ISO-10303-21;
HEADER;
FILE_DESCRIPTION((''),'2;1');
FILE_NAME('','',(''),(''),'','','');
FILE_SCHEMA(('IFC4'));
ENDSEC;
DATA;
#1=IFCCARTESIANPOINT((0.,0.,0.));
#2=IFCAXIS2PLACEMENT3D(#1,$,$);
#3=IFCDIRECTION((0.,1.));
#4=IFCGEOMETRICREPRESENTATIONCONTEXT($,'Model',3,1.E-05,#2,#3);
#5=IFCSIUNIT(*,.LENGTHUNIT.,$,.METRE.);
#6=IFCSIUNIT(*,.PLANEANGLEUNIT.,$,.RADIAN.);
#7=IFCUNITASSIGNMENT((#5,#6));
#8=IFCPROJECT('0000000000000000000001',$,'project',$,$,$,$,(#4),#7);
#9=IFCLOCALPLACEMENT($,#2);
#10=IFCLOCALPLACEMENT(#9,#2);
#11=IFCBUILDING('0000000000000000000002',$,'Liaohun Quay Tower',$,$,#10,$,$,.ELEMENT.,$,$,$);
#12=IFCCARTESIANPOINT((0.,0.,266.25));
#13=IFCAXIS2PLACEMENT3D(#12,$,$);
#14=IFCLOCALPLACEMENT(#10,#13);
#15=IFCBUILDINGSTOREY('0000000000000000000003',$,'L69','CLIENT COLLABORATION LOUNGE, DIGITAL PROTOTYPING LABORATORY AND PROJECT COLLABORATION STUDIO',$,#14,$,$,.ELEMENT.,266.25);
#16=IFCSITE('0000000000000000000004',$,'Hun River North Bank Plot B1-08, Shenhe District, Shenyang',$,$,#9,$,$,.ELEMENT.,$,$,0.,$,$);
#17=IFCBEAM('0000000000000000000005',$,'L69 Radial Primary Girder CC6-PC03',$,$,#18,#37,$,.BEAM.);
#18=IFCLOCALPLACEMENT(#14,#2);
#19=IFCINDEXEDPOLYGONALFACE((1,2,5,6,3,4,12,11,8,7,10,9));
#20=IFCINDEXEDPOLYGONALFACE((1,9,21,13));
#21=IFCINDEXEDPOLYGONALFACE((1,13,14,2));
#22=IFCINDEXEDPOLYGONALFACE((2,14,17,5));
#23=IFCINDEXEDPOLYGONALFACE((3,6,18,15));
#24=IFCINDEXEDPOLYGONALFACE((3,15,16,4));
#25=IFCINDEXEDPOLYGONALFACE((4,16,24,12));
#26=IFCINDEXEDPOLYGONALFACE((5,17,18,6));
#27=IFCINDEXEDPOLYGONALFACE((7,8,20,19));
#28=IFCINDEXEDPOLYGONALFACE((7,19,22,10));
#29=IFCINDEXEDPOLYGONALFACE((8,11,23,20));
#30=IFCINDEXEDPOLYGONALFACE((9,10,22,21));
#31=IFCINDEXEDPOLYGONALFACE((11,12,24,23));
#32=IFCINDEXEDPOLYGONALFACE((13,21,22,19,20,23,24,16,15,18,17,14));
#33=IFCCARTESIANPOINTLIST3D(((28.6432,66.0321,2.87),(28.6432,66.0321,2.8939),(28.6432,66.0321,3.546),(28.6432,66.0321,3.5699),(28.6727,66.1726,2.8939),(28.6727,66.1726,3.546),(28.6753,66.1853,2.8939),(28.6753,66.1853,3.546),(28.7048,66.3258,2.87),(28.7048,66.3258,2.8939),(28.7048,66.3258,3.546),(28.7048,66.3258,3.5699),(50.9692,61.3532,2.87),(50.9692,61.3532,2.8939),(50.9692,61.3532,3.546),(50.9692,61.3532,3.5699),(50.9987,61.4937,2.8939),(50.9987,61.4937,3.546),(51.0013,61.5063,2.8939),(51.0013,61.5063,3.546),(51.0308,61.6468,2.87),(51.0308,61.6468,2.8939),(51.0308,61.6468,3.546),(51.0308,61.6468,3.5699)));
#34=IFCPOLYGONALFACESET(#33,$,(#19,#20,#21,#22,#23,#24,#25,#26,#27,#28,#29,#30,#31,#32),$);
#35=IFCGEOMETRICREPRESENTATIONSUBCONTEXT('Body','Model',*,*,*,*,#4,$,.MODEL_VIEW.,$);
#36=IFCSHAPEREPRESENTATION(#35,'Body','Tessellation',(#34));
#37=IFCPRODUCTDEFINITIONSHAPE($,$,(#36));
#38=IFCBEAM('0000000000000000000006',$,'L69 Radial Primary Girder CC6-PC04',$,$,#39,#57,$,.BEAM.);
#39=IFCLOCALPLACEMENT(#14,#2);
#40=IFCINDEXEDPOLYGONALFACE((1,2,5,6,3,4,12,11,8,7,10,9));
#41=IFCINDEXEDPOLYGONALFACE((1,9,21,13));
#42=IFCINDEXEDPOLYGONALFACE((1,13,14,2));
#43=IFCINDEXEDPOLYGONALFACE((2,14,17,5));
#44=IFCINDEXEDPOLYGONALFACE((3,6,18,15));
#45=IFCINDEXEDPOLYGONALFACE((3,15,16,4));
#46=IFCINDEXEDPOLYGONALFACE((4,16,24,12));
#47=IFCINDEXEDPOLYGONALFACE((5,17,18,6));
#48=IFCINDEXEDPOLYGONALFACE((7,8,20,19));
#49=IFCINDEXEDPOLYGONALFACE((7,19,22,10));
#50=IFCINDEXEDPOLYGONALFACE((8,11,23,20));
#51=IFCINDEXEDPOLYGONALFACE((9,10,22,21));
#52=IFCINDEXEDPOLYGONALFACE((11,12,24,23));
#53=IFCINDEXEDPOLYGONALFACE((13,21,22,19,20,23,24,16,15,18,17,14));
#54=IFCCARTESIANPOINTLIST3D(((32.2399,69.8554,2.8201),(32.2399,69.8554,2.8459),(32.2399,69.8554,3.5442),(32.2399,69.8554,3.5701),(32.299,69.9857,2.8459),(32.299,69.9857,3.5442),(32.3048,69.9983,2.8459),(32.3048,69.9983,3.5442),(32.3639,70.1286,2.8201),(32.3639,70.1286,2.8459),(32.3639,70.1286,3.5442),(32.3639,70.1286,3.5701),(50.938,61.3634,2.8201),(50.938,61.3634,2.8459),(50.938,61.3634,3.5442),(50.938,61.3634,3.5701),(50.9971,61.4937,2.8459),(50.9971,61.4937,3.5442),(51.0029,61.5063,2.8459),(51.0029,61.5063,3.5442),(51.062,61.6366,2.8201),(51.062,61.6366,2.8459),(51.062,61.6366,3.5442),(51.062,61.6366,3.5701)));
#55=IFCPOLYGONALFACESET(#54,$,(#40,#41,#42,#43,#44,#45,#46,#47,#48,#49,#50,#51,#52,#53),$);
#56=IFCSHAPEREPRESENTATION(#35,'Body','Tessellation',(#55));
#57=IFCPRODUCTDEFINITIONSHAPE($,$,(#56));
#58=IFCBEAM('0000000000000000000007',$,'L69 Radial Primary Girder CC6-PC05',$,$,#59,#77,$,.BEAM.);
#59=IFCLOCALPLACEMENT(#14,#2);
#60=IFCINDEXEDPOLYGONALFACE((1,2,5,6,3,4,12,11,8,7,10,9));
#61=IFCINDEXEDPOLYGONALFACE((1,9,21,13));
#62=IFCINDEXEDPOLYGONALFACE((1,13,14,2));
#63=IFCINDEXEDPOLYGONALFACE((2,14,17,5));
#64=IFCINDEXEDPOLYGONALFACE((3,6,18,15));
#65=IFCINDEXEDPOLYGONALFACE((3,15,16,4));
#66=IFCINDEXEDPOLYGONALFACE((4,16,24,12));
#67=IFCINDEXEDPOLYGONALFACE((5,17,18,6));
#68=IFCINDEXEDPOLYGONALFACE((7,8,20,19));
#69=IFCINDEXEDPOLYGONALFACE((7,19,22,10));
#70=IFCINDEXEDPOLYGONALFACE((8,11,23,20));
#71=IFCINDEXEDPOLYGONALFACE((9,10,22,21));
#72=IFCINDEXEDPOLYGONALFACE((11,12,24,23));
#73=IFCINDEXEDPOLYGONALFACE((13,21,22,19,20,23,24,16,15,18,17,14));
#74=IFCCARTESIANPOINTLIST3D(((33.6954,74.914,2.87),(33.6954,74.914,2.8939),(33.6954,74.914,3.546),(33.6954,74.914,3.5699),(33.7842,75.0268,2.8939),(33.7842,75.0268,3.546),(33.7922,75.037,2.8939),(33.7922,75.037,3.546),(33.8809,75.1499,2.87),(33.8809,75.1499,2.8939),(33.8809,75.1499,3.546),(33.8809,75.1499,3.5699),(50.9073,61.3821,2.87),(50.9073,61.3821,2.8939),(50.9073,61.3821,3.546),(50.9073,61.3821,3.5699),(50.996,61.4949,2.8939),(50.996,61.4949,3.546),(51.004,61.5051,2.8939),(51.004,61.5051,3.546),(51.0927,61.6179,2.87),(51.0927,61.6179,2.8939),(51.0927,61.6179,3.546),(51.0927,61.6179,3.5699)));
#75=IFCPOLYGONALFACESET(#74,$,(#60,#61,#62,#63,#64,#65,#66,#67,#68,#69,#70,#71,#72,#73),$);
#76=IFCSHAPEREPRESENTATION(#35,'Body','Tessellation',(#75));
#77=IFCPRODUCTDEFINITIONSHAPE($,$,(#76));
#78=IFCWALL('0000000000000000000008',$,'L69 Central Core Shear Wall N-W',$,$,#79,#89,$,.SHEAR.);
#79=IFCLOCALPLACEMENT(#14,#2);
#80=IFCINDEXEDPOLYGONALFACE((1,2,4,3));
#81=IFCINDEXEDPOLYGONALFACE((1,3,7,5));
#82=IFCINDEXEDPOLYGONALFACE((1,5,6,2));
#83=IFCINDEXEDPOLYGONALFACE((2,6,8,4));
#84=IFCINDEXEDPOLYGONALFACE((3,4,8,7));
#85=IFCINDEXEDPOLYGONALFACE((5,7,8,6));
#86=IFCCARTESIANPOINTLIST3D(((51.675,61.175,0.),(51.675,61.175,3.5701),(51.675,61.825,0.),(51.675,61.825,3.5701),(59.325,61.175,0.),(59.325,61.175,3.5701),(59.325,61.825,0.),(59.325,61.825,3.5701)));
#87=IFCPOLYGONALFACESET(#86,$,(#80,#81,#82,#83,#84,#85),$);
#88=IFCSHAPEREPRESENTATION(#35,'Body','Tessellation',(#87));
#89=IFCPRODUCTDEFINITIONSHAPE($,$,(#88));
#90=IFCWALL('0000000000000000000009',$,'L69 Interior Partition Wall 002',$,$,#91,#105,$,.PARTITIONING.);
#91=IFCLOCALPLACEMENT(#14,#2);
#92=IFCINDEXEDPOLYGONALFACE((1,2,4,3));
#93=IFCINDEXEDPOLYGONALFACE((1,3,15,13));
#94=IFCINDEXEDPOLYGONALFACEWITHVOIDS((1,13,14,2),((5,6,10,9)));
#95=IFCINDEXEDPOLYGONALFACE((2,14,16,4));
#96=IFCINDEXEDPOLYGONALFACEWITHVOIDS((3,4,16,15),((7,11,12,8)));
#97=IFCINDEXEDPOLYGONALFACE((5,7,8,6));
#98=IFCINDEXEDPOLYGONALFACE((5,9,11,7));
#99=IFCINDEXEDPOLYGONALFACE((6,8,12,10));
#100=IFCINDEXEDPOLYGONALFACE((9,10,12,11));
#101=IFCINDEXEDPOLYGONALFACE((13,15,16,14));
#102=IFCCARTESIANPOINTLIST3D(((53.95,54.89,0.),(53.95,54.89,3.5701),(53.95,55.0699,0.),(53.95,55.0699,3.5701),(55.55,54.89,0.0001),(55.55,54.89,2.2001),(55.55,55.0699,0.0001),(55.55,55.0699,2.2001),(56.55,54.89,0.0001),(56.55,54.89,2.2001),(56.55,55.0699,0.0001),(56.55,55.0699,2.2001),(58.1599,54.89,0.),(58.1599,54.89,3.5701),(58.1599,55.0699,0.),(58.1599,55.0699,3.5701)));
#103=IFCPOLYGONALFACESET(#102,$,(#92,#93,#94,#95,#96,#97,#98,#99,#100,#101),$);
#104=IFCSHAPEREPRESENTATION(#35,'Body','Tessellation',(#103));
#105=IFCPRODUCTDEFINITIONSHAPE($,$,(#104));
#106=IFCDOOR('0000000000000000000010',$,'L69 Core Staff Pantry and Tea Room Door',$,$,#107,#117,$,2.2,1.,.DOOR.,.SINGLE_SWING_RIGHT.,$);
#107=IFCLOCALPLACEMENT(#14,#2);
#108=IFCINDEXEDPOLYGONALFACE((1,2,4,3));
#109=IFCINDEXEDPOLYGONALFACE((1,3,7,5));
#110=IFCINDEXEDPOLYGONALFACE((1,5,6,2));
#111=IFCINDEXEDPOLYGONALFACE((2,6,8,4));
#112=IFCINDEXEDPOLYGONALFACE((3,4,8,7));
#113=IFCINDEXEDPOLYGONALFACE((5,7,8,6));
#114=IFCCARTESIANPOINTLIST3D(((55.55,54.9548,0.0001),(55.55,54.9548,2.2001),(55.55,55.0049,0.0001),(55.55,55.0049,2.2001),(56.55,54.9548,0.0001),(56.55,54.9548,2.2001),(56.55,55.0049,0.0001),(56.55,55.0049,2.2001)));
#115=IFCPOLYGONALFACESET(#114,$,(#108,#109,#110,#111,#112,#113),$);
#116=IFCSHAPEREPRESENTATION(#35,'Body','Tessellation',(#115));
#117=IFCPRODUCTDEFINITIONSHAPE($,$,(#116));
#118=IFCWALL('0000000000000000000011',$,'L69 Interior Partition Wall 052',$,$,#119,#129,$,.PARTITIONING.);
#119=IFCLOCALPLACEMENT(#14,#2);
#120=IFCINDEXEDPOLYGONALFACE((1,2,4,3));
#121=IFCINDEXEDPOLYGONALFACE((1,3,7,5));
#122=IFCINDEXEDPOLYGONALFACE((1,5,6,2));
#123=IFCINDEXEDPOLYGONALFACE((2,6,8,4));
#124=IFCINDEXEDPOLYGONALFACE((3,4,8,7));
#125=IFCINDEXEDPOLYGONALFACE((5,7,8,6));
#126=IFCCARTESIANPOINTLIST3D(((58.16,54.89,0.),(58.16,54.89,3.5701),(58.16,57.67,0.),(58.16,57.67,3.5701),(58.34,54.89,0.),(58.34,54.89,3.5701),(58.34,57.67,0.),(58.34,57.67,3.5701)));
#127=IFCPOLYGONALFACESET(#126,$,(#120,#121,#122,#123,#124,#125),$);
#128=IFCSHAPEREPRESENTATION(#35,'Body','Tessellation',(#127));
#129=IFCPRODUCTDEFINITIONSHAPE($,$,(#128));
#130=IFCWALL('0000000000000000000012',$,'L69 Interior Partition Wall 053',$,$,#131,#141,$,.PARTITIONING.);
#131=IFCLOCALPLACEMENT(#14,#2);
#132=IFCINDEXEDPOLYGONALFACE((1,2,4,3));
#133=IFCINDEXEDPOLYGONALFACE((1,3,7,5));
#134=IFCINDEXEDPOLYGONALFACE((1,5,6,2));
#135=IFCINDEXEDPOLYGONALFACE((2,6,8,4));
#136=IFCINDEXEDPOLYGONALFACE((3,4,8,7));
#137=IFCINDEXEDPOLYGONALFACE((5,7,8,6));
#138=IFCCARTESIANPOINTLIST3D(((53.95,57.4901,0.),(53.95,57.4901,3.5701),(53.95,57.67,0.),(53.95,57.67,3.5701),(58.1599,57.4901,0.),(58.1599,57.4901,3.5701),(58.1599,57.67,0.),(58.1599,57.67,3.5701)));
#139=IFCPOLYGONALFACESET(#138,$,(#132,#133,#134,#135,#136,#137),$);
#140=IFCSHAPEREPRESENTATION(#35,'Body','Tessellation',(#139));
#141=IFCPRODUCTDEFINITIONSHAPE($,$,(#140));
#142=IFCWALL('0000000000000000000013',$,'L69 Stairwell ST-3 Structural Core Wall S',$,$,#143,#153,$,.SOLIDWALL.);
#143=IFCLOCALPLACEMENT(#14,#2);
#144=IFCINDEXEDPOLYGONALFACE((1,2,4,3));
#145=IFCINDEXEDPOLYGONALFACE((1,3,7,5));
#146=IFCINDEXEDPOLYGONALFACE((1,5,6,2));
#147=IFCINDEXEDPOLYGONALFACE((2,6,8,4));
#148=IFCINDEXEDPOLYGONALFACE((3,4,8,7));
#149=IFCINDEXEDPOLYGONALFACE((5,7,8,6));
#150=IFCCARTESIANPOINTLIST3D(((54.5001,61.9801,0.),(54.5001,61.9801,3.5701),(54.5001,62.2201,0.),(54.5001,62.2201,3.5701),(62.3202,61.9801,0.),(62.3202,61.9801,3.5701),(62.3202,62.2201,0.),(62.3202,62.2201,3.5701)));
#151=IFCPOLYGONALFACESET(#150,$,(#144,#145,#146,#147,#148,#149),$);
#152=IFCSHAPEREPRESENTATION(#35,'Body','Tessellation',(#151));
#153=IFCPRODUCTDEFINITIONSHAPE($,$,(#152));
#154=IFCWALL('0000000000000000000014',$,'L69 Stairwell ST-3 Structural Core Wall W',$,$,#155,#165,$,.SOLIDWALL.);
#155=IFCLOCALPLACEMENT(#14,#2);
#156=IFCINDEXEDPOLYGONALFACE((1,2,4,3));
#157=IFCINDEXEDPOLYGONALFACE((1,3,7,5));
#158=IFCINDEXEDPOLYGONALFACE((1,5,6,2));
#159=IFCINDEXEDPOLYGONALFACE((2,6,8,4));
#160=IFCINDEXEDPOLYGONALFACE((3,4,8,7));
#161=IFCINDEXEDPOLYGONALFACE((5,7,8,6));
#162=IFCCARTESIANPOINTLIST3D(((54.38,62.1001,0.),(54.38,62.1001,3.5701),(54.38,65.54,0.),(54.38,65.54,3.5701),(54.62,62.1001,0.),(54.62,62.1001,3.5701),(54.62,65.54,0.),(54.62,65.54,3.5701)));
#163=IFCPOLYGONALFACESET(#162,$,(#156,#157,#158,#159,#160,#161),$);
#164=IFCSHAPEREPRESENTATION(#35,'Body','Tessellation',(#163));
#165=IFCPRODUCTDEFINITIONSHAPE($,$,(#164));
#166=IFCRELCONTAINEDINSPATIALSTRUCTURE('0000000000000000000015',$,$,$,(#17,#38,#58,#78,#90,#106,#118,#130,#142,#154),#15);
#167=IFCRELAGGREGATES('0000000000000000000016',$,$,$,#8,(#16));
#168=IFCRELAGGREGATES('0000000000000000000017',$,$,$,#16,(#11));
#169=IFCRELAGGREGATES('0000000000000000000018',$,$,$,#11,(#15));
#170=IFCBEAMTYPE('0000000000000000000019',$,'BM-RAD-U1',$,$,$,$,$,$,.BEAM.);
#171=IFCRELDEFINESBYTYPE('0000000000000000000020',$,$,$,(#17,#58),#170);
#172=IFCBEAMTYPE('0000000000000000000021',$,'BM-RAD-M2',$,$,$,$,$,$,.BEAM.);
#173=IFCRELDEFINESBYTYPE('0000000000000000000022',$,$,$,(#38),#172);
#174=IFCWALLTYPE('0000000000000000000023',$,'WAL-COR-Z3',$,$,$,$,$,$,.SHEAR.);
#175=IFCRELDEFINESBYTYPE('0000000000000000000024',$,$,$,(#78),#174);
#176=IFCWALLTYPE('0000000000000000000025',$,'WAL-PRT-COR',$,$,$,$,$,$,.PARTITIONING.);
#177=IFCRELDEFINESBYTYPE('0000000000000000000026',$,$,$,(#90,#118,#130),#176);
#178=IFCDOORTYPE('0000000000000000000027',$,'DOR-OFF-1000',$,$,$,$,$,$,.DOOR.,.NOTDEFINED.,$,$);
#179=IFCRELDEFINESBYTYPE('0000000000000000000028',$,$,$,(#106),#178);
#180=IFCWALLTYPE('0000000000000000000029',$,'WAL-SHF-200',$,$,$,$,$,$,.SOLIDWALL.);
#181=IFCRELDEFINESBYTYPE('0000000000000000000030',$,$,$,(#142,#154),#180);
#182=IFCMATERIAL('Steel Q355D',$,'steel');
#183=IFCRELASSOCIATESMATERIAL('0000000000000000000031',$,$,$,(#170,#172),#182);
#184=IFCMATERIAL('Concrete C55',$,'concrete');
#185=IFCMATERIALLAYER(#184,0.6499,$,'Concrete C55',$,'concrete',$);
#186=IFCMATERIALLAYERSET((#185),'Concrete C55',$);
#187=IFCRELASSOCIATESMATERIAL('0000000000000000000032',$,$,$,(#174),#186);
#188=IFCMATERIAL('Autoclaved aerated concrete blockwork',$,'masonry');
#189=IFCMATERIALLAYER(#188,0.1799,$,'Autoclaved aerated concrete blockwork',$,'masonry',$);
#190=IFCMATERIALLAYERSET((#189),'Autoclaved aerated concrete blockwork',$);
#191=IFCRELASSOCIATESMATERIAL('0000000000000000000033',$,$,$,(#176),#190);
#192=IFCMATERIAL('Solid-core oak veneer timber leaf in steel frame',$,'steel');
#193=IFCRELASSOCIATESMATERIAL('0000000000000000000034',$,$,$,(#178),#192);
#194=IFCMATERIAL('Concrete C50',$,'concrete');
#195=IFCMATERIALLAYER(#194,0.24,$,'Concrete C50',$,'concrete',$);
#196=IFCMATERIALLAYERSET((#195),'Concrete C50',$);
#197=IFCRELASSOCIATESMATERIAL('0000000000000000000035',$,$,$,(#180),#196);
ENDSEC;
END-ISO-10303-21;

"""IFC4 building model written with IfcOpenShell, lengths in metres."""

from ifc_helpers import new_model, si_unit, direction, frame, frame_2d, origin, origin_2d, place, context, subcontext, project, spatial, rectangle, i_section, extrude, source, transform, mapped, material, layer, layer_set, material_profile, profile_set, type_object, element, fill, save


model = new_model("IFC4")

# Units and contexts
model_context = context("Model", 3, precision=1e-05, world=origin(), true_north=direction((0.0, 1.0)))
body_context = subcontext(model_context, "Body", "Model", "MODEL_VIEW")
ifc_project = project(units=[si_unit("LENGTHUNIT", "METRE"), si_unit("PLANEANGLEUNIT", "RADIAN")], contexts=[model_context])

# Site, building, storey
site_placement = place(None, origin())
site = spatial("IfcSite", under=ifc_project, at=site_placement, Name="Hun River North Bank Plot B1-08, Shenhe District, Shenyang", CompositionType="ELEMENT", RefElevation=0.0)
building_placement = place(site_placement, origin())
building = spatial("IfcBuilding", under=site, at=building_placement, Name="Liaohun Quay Tower", CompositionType="ELEMENT")
storey_placement = place(building_placement, frame((0.0, 0.0, 266.25)))
storey = spatial("IfcBuildingStorey", under=building, at=storey_placement, Name="L69", Description="CLIENT COLLABORATION LOUNGE, DIGITAL PROTOTYPING LABORATORY AND PROJECT COLLABORATION STUDIO", CompositionType="ELEMENT", Elevation=266.25)

# Beams
ifc_material_1 = material(Name="Steel Q355D", Category="steel")
ifc_material_profile_1 = material_profile(ifc_material_1, i_section(OverallWidth=0.3, OverallDepth=0.7, WebThickness=0.0129, FlangeThickness=0.0239, at=origin_2d()), Name="HN700x300x13x24")
ifc_profile_set_1 = profile_set([ifc_material_profile_1], Name="Steel Q355D")
beam_type_1 = type_object("IfcBeamType", Name="BM-RAD-U1", PredefinedType="BEAM", material=ifc_profile_set_1)
shared_shape_1 = source(origin(), body_context, "Body", "SweptSolid", [
    extrude(i_section(OverallWidth=0.3, OverallDepth=0.7, WebThickness=0.0129, FlangeThickness=0.0239, at=origin_2d()), origin(), (0.0, 0.0, 1.0), 22.811),
])
beam_1_placement = place(storey_placement, frame((51.0, 61.5, 3.22), z_axis=(-0.978737, 0.205119, 0.0), x_axis=(-0.205119, -0.978737, 0.0)))
element("IfcBeam", 1, at=beam_1_placement, inside=storey, type_object=beam_type_1, Name="L69 Radial Primary Girder CC6-PC03", PredefinedType="BEAM", context=body_context, shape_type="MappedRepresentation", body=[
    mapped(shared_shape_1, transform((0.0, 0.0, 0.0), x_axis=(1.0, 0.0, 0.0), y_axis=(0.0, 1.0, 0.0), z_axis=(0.0, 0.0, 1.0), scale=1.0)),
])
ifc_material_profile_2 = material_profile(ifc_material_1, i_section(OverallWidth=0.3, OverallDepth=0.75, WebThickness=0.0139, FlangeThickness=0.0259, at=origin_2d()), Name="HN750x300x14x26")
ifc_profile_set_2 = profile_set([ifc_material_profile_2], Name="Steel Q355D")
beam_type_2 = type_object("IfcBeamType", Name="BM-RAD-M2", PredefinedType="BEAM", material=ifc_profile_set_2)
shared_shape_2 = source(origin(), body_context, "Body", "SweptSolid", [
    extrude(i_section(OverallWidth=0.3, OverallDepth=0.75, WebThickness=0.0139, FlangeThickness=0.0259, at=origin_2d()), origin(), (0.0, 0.0, 1.0), 20.5361),
])
beam_2_placement = place(storey_placement, frame((51.0, 61.5, 3.1951), z_axis=(-0.910498, 0.413515, 0.0), x_axis=(-0.413515, -0.910498, 0.0)))
element("IfcBeam", 2, at=beam_2_placement, inside=storey, type_object=beam_type_2, Name="L69 Radial Primary Girder CC6-PC04", PredefinedType="BEAM", context=body_context, shape_type="MappedRepresentation", body=[
    mapped(shared_shape_2, transform((0.0, 0.0, 0.0), x_axis=(1.0, 0.0, 0.0), y_axis=(0.0, 1.0, 0.0), z_axis=(0.0, 0.0, 1.0), scale=1.0)),
])
shared_shape_3 = source(origin(), body_context, "Body", "SweptSolid", [
    extrude(i_section(OverallWidth=0.3, OverallDepth=0.7, WebThickness=0.0129, FlangeThickness=0.0239, at=origin_2d()), origin(), (0.0, 0.0, 1.0), 21.8943),
])
beam_3_placement = place(storey_placement, frame((51.0, 61.5, 3.22), z_axis=(-0.786133, 0.618057, 0.0), x_axis=(-0.618057, -0.786133, 0.0)))
element("IfcBeam", 3, at=beam_3_placement, inside=storey, type_object=beam_type_1, Name="L69 Radial Primary Girder CC6-PC05", PredefinedType="BEAM", context=body_context, shape_type="MappedRepresentation", body=[
    mapped(shared_shape_3, transform((0.0, 0.0, 0.0), x_axis=(1.0, 0.0, 0.0), y_axis=(0.0, 1.0, 0.0), z_axis=(0.0, 0.0, 1.0), scale=1.0)),
])

# Wall
ifc_material_2 = material(Name="Concrete C55", Category="concrete")
ifc_layer_1 = layer(ifc_material_2, 0.6499, Name="Concrete C55", Category="concrete")
ifc_layer_set_1 = layer_set([ifc_layer_1], Name="Concrete C55")
wall_type_1 = type_object("IfcWallType", Name="WAL-COR-Z3", PredefinedType="SHEAR", material=ifc_layer_set_1)
wall_1_placement = place(storey_placement, frame((51.675, 61.5, 0.0), z_axis=(0.0, 0.0, 1.0), x_axis=(1.0, 0.0, 0.0)))
element("IfcWall", 4, at=wall_1_placement, inside=storey, type_object=wall_type_1, Name="L69 Central Core Shear Wall N-W", PredefinedType="SHEAR", context=body_context, shape_type="SweptSolid", body=[
    extrude(rectangle(XDim=7.6499, YDim=0.6499, at=frame_2d((3.825, 0.0))), origin(), (0.0, 0.0, 1.0), 3.5701),
])

# Wall, opening, door
ifc_material_3 = material(Name="Autoclaved aerated concrete blockwork", Category="masonry")
ifc_layer_2 = layer(ifc_material_3, 0.1799, Name="Autoclaved aerated concrete blockwork", Category="masonry")
ifc_layer_set_2 = layer_set([ifc_layer_2], Name="Autoclaved aerated concrete blockwork")
wall_type_2 = type_object("IfcWallType", Name="WAL-PRT-COR", PredefinedType="PARTITIONING", material=ifc_layer_set_2)
wall_2_placement = place(storey_placement, frame((53.95, 54.98, 0.0), z_axis=(0.0, 0.0, 1.0), x_axis=(1.0, 0.0, 0.0)))
wall_2 = element("IfcWall", 5, at=wall_2_placement, inside=storey, type_object=wall_type_2, Name="L69 Interior Partition Wall 002", PredefinedType="PARTITIONING", context=body_context, shape_type="SweptSolid", body=[
    extrude(rectangle(XDim=4.21, YDim=0.1799, at=frame_2d((2.105, 0.0))), origin(), (0.0, 0.0, 1.0), 3.5701),
])
shared_shape_4 = source(origin(), body_context, "Body", "SweptSolid", [
    extrude(rectangle(XDim=1.0, YDim=2.2, at=frame_2d((0.5, 1.1001))), frame((0.0, 0.0999, 0.0), z_axis=(0.0, -1.0, 0.0), x_axis=(1.0, 0.0, 0.0)), (0.0, 0.0, 1.0), 0.2),
])
opening_1_placement = place(wall_2_placement, frame((1.6001, 0.0, 0.0)))
opening_1 = element("IfcOpeningElement", 6, at=opening_1_placement, cuts=wall_2, PredefinedType="OPENING", context=body_context, shape_type="MappedRepresentation", body=[
    mapped(shared_shape_4, transform((0.0, 0.0, 0.0), x_axis=(1.0, 0.0, 0.0), y_axis=(0.0, 1.0, 0.0), z_axis=(0.0, 0.0, 1.0), scale=1.0)),
])
ifc_material_4 = material(Name="Solid-core oak veneer timber leaf in steel frame", Category="steel")
door_type_1 = type_object("IfcDoorType", Name="DOR-OFF-1000", OperationType="NOTDEFINED", PredefinedType="DOOR", material=ifc_material_4)
shared_shape_5 = source(origin(), body_context, "Body", "SweptSolid", [
    extrude(rectangle(XDim=1.0, YDim=2.2, at=frame_2d((0.5, 1.1001))), frame((0.0, 0.0249, 0.0), z_axis=(0.0, -1.0, 0.0), x_axis=(1.0, 0.0, 0.0)), (0.0, 0.0, 1.0), 0.05),
])
door_1_placement = place(opening_1_placement, origin())
door_1 = element("IfcDoor", 7, at=door_1_placement, inside=storey, type_object=door_type_1, Name="L69 Core Staff Pantry and Tea Room Door", OperationType="SINGLE_SWING_RIGHT", OverallHeight=2.2, OverallWidth=1.0, PredefinedType="DOOR", context=body_context, shape_type="MappedRepresentation", body=[
    mapped(shared_shape_5, transform((0.0, 0.0, 0.0), x_axis=(1.0, 0.0, 0.0), y_axis=(0.0, 1.0, 0.0), z_axis=(0.0, 0.0, 1.0), scale=1.0)),
])
fill(opening_1, door_1)

# Walls
wall_3_placement = place(storey_placement, frame((58.25, 54.8899, 0.0), z_axis=(0.0, 0.0, 1.0), x_axis=(0.0, 1.0, 0.0)))
element("IfcWall", 8, at=wall_3_placement, inside=storey, type_object=wall_type_2, Name="L69 Interior Partition Wall 052", PredefinedType="PARTITIONING", context=body_context, shape_type="SweptSolid", body=[
    extrude(rectangle(XDim=2.78, YDim=0.1799, at=frame_2d((1.3901, 0.0))), origin(), (0.0, 0.0, 1.0), 3.5701),
])
wall_4_placement = place(storey_placement, frame((53.95, 57.5801, 0.0), z_axis=(0.0, 0.0, 1.0), x_axis=(1.0, 0.0, 0.0)))
element("IfcWall", 9, at=wall_4_placement, inside=storey, type_object=wall_type_2, Name="L69 Interior Partition Wall 053", PredefinedType="PARTITIONING", context=body_context, shape_type="SweptSolid", body=[
    extrude(rectangle(XDim=4.21, YDim=0.1799, at=frame_2d((2.105, 0.0))), origin(), (0.0, 0.0, 1.0), 3.5701),
])
ifc_material_5 = material(Name="Concrete C50", Category="concrete")
ifc_layer_3 = layer(ifc_material_5, 0.24, Name="Concrete C50", Category="concrete")
ifc_layer_set_3 = layer_set([ifc_layer_3], Name="Concrete C50")
wall_type_3 = type_object("IfcWallType", Name="WAL-SHF-200", PredefinedType="SOLIDWALL", material=ifc_layer_set_3)
wall_5_placement = place(storey_placement, frame((54.5, 62.1001, 0.0), z_axis=(0.0, 0.0, 1.0), x_axis=(1.0, 0.0, 0.0)))
element("IfcWall", 10, at=wall_5_placement, inside=storey, type_object=wall_type_3, Name="L69 Stairwell ST-3 Structural Core Wall S", PredefinedType="SOLIDWALL", context=body_context, shape_type="SweptSolid", body=[
    extrude(rectangle(XDim=7.8201, YDim=0.24, at=frame_2d((3.9102, 0.0))), origin(), (0.0, 0.0, 1.0), 3.5701),
])
wall_6_placement = place(storey_placement, frame((54.5, 65.54, 0.0), z_axis=(0.0, 0.0, 1.0), x_axis=(0.0, -1.0, 0.0)))
element("IfcWall", 11, at=wall_6_placement, inside=storey, type_object=wall_type_3, Name="L69 Stairwell ST-3 Structural Core Wall W", PredefinedType="SOLIDWALL", context=body_context, shape_type="SweptSolid", body=[
    extrude(rectangle(XDim=3.4399, YDim=0.24, at=frame_2d((1.72, 0.0))), origin(), (0.0, 0.0, 1.0), 3.5701),
])

save(model, "model.ifc")
